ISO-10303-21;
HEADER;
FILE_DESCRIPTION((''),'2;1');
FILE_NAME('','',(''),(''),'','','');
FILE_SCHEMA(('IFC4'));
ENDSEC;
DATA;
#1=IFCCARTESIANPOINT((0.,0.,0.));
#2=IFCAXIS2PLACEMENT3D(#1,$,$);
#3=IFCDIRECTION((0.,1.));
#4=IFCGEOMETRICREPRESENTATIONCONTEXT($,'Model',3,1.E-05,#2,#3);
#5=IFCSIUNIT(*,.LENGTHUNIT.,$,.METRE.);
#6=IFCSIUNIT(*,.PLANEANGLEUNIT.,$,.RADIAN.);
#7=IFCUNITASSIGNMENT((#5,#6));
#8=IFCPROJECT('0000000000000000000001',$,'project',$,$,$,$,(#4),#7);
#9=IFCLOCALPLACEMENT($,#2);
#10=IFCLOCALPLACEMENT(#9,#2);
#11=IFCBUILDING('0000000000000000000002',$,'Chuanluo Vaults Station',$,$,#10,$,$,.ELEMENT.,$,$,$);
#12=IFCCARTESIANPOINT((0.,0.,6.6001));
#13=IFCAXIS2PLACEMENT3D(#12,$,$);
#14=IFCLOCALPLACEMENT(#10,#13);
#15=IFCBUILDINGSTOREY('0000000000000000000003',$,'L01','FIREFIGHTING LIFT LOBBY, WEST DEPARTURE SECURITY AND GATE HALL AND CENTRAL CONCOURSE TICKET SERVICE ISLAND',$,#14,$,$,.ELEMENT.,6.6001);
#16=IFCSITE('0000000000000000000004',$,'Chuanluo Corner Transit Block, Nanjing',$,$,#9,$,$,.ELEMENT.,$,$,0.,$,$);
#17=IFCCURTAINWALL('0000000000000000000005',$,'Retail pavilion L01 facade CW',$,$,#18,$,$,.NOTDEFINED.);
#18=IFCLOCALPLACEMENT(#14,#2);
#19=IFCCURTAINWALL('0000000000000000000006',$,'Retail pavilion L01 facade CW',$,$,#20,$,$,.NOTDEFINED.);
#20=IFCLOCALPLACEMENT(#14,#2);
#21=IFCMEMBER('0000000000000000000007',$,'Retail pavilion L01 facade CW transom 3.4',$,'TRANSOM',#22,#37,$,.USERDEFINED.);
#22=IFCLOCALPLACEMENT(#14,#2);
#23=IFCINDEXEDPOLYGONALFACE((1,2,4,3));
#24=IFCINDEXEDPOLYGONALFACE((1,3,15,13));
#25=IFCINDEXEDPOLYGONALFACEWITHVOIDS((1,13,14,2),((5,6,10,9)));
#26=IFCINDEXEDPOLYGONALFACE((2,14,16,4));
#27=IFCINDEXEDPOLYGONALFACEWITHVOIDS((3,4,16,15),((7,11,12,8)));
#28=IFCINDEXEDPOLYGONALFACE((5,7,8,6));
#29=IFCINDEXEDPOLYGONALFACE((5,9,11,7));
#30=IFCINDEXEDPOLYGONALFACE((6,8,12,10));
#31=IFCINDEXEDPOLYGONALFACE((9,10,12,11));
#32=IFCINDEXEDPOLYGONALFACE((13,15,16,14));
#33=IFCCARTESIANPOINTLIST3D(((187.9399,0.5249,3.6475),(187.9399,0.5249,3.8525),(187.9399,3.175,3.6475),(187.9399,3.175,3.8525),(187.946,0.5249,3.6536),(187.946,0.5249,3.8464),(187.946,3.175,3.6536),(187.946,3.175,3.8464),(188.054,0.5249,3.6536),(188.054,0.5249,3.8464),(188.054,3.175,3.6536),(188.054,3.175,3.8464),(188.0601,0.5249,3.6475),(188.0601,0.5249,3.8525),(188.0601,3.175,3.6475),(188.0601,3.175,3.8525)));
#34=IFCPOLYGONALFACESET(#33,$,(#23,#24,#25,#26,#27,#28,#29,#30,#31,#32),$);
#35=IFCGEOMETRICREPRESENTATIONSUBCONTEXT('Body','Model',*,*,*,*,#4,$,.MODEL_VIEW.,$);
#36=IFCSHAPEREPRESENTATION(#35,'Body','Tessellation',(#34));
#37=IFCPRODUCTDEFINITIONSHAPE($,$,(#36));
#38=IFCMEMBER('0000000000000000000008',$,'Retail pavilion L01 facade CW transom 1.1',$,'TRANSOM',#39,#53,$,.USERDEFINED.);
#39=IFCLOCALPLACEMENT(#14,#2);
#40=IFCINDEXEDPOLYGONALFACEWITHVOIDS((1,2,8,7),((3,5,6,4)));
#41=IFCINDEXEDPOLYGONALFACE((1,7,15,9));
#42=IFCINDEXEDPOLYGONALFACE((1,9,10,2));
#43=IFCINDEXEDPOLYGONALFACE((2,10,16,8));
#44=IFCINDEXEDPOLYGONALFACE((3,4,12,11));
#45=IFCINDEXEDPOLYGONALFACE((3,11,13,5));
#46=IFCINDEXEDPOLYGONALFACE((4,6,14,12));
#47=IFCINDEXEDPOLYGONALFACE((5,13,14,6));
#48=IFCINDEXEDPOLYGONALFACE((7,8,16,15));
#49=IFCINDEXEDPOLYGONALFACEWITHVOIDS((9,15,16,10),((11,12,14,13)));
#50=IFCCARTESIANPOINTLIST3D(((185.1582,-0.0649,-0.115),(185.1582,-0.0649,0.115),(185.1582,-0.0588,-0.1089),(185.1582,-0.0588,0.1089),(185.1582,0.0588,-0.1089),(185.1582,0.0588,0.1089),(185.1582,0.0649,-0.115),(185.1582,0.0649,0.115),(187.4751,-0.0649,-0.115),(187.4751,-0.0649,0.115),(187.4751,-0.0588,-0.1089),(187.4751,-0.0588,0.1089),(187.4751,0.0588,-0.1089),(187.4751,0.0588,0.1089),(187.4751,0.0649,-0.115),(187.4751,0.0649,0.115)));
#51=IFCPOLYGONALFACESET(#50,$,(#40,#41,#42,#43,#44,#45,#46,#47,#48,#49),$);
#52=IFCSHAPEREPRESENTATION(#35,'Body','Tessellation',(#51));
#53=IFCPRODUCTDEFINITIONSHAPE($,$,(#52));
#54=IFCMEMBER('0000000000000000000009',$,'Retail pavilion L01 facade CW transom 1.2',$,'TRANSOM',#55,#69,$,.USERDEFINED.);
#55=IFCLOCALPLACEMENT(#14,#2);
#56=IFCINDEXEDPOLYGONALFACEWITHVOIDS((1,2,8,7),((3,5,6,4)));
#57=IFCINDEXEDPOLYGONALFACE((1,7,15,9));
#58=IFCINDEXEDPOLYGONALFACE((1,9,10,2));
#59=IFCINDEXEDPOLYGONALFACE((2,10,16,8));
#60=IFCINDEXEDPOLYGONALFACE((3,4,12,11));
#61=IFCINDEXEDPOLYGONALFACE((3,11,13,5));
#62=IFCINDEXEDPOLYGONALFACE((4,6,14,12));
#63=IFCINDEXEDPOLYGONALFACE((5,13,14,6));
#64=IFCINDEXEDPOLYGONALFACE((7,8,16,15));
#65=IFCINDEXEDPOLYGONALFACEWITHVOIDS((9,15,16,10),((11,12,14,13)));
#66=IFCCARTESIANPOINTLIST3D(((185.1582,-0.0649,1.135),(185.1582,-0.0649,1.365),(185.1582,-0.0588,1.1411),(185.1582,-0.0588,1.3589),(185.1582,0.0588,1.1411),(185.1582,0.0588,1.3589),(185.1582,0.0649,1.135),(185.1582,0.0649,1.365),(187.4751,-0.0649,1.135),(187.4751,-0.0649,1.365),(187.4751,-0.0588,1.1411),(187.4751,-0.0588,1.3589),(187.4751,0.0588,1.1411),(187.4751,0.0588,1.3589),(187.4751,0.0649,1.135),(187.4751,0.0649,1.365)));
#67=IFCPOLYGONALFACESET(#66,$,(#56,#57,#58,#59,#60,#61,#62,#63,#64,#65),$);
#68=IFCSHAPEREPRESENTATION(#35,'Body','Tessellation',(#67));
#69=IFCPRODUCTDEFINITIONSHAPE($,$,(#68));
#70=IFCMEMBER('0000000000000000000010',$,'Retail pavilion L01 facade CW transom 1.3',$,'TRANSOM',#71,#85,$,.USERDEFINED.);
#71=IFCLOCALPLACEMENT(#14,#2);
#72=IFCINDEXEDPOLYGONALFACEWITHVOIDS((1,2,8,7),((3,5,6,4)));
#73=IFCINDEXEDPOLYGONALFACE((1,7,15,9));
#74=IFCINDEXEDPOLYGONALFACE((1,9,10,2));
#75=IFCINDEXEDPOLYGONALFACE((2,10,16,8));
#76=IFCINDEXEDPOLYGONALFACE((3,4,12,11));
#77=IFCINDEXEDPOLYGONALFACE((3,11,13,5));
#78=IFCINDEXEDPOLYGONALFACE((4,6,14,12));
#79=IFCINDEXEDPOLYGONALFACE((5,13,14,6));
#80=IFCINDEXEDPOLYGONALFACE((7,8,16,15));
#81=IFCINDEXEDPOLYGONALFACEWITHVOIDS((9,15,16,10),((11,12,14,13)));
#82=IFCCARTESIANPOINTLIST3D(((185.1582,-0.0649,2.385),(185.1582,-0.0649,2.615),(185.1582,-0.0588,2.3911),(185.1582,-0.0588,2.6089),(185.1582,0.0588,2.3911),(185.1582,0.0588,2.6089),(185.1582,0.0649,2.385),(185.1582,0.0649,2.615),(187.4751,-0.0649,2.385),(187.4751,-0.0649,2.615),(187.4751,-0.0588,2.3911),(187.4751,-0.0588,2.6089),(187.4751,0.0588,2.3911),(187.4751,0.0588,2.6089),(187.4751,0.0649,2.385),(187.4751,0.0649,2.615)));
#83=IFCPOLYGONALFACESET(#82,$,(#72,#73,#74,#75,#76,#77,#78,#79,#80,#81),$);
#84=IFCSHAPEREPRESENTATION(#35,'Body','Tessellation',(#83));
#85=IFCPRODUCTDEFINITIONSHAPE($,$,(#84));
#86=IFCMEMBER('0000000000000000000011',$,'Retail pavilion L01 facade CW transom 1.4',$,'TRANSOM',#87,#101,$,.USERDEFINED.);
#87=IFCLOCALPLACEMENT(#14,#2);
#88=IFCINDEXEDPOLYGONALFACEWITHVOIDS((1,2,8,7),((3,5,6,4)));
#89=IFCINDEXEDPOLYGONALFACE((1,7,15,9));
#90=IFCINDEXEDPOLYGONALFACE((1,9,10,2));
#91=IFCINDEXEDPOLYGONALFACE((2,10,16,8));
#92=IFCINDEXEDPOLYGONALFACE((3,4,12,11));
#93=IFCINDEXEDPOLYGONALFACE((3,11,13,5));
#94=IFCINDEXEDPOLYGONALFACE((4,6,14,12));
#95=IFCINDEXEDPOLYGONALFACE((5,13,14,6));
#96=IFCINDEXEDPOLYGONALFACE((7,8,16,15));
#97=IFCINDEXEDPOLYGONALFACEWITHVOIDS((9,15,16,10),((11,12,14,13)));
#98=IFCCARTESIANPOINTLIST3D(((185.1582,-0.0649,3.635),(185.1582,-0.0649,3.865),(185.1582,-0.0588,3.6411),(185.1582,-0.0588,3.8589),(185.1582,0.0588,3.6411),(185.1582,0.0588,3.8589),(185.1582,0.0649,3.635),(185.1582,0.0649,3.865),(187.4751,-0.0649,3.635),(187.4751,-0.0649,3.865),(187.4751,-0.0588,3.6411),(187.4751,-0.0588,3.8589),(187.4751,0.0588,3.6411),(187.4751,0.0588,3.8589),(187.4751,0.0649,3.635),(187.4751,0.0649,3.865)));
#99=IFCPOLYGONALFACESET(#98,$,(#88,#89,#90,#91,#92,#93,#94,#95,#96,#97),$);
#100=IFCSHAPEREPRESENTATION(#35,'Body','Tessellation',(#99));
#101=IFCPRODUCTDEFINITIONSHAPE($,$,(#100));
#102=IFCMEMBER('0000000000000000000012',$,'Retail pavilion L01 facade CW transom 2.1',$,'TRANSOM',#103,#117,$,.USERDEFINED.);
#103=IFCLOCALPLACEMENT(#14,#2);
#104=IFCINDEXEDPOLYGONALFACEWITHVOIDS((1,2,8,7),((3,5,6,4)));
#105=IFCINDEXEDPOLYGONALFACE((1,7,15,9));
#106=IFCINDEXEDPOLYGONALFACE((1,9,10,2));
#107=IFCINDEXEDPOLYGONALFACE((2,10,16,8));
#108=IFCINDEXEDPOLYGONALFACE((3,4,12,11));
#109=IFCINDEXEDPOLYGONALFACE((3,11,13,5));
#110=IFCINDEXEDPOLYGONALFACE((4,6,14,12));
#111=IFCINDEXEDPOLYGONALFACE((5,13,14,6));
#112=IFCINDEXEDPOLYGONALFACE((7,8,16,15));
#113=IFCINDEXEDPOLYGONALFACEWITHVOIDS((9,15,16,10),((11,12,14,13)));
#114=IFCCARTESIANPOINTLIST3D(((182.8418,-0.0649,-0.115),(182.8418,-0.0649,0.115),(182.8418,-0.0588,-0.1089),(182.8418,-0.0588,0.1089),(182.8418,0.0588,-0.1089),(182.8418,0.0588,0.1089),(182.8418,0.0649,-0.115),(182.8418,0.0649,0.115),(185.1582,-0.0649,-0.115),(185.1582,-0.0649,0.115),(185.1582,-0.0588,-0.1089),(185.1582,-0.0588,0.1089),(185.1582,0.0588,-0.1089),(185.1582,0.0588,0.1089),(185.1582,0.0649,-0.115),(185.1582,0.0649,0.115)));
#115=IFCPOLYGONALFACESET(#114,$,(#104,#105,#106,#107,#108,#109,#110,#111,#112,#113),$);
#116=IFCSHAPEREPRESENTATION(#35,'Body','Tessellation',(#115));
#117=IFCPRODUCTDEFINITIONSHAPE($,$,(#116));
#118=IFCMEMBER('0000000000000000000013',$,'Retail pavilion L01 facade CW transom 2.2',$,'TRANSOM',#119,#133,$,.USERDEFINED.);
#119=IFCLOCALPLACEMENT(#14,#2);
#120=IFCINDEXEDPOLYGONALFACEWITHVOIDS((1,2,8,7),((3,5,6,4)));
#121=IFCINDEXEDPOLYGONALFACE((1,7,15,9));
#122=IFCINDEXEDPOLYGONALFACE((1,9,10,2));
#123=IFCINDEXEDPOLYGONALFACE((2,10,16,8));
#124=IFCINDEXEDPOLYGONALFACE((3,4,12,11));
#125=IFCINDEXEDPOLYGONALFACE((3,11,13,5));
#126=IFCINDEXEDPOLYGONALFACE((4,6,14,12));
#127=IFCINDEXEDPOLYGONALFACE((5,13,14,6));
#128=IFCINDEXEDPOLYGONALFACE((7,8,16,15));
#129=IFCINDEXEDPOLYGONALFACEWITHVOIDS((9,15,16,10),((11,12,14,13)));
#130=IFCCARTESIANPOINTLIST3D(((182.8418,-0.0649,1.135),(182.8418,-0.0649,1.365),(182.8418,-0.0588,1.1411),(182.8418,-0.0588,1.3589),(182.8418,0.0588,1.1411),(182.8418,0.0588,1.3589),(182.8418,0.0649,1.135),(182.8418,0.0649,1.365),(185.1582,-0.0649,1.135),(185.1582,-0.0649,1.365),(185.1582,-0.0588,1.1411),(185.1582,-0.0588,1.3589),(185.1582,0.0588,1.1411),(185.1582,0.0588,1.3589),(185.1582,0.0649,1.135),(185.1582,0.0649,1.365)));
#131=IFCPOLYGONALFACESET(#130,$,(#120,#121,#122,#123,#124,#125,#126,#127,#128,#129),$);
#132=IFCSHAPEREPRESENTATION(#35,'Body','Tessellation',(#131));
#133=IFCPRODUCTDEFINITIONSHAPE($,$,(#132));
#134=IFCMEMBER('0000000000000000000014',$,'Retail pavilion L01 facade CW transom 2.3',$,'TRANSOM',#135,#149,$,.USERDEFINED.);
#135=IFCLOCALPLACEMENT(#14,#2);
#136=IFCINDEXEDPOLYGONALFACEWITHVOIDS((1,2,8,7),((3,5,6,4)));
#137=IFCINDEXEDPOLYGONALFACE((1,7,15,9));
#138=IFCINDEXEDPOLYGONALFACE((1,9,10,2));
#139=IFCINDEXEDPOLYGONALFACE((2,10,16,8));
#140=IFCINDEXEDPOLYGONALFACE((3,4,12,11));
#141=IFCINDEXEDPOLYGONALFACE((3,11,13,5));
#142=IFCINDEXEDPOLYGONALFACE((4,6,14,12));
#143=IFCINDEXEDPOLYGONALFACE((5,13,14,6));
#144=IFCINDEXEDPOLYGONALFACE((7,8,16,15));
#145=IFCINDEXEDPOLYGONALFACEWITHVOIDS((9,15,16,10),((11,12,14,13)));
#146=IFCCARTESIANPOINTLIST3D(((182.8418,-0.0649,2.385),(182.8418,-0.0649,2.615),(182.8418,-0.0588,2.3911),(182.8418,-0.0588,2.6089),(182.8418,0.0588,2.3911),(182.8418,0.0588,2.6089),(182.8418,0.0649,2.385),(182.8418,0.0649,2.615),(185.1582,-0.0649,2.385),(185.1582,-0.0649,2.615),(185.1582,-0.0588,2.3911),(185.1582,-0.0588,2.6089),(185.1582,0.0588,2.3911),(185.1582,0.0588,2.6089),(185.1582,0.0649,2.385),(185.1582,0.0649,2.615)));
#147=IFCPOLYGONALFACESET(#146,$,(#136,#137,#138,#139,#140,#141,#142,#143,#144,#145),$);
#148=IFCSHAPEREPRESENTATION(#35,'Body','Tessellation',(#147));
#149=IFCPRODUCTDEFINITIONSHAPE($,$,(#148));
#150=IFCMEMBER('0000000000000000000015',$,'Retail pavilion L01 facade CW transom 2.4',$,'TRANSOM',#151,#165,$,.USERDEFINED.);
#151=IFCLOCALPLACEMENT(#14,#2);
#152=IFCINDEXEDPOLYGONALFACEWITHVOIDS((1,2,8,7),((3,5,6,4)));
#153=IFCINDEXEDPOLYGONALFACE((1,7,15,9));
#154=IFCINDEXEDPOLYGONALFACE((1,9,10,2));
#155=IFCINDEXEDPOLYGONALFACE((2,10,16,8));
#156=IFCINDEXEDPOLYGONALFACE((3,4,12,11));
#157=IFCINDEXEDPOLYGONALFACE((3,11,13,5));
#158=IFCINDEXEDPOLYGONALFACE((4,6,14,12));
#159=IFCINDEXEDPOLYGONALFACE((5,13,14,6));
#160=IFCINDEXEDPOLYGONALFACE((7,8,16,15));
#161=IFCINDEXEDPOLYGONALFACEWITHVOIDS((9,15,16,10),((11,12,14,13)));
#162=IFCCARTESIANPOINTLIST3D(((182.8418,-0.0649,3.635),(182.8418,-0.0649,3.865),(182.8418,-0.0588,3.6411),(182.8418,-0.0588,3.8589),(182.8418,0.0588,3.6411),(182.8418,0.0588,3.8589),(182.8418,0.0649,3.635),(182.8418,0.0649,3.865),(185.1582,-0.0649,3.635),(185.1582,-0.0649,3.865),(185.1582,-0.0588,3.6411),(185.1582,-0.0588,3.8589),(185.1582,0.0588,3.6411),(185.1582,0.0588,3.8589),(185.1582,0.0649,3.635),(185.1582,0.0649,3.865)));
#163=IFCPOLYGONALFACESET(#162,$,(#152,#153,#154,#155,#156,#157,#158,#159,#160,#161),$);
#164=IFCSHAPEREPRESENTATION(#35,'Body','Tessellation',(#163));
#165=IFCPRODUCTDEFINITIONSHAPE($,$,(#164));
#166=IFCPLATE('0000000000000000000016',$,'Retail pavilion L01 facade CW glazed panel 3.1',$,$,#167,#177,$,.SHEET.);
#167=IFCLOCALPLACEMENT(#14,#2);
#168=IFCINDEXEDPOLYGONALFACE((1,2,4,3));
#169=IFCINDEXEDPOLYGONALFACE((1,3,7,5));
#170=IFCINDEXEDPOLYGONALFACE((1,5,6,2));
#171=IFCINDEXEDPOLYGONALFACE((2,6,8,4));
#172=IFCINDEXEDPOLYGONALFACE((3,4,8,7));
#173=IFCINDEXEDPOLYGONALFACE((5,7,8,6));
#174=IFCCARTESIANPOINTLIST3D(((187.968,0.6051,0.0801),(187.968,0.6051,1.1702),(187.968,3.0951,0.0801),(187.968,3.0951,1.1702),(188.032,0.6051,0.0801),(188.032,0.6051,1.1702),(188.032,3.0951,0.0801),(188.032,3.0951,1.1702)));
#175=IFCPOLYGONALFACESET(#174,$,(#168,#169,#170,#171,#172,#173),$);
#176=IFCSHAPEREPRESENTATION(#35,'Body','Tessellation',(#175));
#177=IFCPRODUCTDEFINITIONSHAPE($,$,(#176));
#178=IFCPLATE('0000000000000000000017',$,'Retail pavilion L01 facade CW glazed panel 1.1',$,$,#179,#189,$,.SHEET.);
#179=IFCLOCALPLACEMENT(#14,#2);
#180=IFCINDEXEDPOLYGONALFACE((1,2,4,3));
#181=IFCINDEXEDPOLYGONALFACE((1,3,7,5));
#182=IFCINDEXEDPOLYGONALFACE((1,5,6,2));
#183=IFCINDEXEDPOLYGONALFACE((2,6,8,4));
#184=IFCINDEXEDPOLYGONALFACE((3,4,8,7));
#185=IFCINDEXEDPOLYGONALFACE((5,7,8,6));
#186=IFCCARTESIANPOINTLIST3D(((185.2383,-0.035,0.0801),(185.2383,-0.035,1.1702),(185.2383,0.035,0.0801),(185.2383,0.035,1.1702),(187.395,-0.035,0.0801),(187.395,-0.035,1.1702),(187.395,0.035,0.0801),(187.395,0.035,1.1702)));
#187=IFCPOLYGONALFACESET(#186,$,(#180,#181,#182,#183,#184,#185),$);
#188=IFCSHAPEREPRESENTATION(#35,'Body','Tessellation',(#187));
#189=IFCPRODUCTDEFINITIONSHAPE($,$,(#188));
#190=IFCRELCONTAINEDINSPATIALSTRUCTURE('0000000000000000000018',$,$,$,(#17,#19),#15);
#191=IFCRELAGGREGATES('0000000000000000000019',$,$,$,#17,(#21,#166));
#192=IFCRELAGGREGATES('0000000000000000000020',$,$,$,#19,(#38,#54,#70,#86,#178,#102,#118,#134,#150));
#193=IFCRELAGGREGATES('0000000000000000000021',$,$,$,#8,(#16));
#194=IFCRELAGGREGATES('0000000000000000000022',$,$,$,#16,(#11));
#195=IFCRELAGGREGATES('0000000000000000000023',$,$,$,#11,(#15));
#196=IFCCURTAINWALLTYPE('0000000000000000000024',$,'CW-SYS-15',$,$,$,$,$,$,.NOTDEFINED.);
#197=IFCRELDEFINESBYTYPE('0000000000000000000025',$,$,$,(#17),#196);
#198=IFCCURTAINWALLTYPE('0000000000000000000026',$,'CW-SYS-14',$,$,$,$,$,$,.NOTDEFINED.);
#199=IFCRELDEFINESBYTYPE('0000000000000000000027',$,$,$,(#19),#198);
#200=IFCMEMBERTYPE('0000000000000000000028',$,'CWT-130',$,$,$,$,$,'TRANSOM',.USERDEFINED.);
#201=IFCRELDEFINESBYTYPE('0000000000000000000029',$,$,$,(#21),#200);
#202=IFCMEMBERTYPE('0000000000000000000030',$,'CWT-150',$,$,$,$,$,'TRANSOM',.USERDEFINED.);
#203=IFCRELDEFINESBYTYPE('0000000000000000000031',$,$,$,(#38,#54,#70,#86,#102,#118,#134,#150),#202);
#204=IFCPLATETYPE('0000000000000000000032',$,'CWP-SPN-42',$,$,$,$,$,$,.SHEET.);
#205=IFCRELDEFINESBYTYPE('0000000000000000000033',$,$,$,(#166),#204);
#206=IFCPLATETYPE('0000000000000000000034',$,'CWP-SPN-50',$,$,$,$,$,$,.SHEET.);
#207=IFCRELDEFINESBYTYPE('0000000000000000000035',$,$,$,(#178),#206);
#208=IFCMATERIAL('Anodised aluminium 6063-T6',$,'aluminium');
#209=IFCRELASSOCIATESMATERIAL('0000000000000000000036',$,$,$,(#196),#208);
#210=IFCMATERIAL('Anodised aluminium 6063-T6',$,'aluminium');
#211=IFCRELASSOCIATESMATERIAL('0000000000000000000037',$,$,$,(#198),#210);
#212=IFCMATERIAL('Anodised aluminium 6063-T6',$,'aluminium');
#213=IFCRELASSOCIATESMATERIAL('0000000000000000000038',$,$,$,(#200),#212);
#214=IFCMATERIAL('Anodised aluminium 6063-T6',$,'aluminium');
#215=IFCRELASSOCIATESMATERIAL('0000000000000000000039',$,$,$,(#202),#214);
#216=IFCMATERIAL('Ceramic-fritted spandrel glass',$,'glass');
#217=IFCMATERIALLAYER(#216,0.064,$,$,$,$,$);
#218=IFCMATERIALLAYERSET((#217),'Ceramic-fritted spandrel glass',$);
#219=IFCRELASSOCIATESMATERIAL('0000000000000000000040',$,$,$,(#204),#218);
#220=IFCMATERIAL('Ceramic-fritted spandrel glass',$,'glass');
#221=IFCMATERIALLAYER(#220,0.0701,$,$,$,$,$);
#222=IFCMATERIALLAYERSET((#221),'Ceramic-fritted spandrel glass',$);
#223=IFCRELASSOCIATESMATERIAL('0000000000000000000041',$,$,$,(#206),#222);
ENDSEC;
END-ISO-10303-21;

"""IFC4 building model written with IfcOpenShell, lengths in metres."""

from ifc_helpers import new_model, si_unit, direction, frame, origin, origin_2d, place, context, subcontext, project, spatial, rectangle, hollow_rectangle, extrude, material, layer, layer_set, material_profile, profile_set, type_object, element, aggregate, save


model = new_model("IFC4")

# Units and contexts
model_context = context("Model", 3, precision=1e-05, world=origin(), true_north=direction((0.0, 1.0)))
body_context = subcontext(model_context, "Body", "Model", "MODEL_VIEW")
ifc_project = project(units=[si_unit("LENGTHUNIT", "METRE"), si_unit("PLANEANGLEUNIT", "RADIAN")], contexts=[model_context])

# Site, building, storey
site_placement = place(None, origin())
site = spatial("IfcSite", under=ifc_project, at=site_placement, Name="Chuanluo Corner Transit Block, Nanjing", CompositionType="ELEMENT", RefElevation=0.0)
building_placement = place(site_placement, origin())
building = spatial("IfcBuilding", under=site, at=building_placement, Name="Chuanluo Vaults Station", CompositionType="ELEMENT")
storey_placement = place(building_placement, frame((0.0, 0.0, 6.6001)))
storey = spatial("IfcBuildingStorey", under=building, at=storey_placement, Name="L01", Description="FIREFIGHTING LIFT LOBBY, WEST DEPARTURE SECURITY AND GATE HALL AND CENTRAL CONCOURSE TICKET SERVICE ISLAND", CompositionType="ELEMENT", Elevation=6.6001)

# Curtain walls
ifc_material_1 = material(Name="Anodised aluminium 6063-T6", Category="aluminium")
curtain_wall_type_1 = type_object("IfcCurtainWallType", Name="CW-SYS-15", PredefinedType="NOTDEFINED", material=ifc_material_1)
curtain_wall_1_placement = place(storey_placement, origin())
curtain_wall_1 = element("IfcCurtainWall", 1, at=curtain_wall_1_placement, inside=storey, type_object=curtain_wall_type_1, Name="Retail pavilion L01 facade CW", PredefinedType="NOTDEFINED")
ifc_material_2 = material(Name="Anodised aluminium 6063-T6", Category="aluminium")
curtain_wall_type_2 = type_object("IfcCurtainWallType", Name="CW-SYS-14", PredefinedType="NOTDEFINED", material=ifc_material_2)
curtain_wall_2_placement = place(storey_placement, origin())
curtain_wall_2 = element("IfcCurtainWall", 2, at=curtain_wall_2_placement, inside=storey, type_object=curtain_wall_type_2, Name="Retail pavilion L01 facade CW", PredefinedType="NOTDEFINED")

# Members
ifc_material_3 = material(Name="Anodised aluminium 6063-T6", Category="aluminium")
ifc_material_profile_1 = material_profile(ifc_material_3, hollow_rectangle(XDim=0.1201, YDim=0.2051, WallThickness=0.0061, at=origin_2d()))
ifc_profile_set_1 = profile_set([ifc_material_profile_1], Name="Anodised aluminium 6063-T6")
member_type_1 = type_object("IfcMemberType", Name="CWT-130", ElementType="TRANSOM", PredefinedType="USERDEFINED", material=ifc_profile_set_1)
member_1_placement = place(storey_placement, frame((188.0, 3.175, 3.75), z_axis=(0.0, -1.0, 0.0), x_axis=(1.0, 0.0, 0.0)))
member_1 = element("IfcMember", 3, at=member_1_placement, type_object=member_type_1, Name="Retail pavilion L01 facade CW transom 3.4", ObjectType="TRANSOM", PredefinedType="USERDEFINED", context=body_context, shape_type="SweptSolid", body=[
    extrude(hollow_rectangle(XDim=0.1201, YDim=0.2051, WallThickness=0.0061, at=origin_2d()), origin(), (0.0, 0.0, 1.0), 2.6501),
])
ifc_material_4 = material(Name="Anodised aluminium 6063-T6", Category="aluminium")
ifc_material_profile_2 = material_profile(ifc_material_4, hollow_rectangle(XDim=0.1299, YDim=0.23, WallThickness=0.0061, at=origin_2d()))
ifc_profile_set_2 = profile_set([ifc_material_profile_2], Name="Anodised aluminium 6063-T6")
member_type_2 = type_object("IfcMemberType", Name="CWT-150", ElementType="TRANSOM", PredefinedType="USERDEFINED", material=ifc_profile_set_2)
member_2_placement = place(storey_placement, frame((187.4751, 0.0, 0.0), z_axis=(-1.0, 0.0, 0.0), x_axis=(0.0, -1.0, 0.0)))
member_2 = element("IfcMember", 4, at=member_2_placement, type_object=member_type_2, Name="Retail pavilion L01 facade CW transom 1.1", ObjectType="TRANSOM", PredefinedType="USERDEFINED", context=body_context, shape_type="SweptSolid", body=[
    extrude(hollow_rectangle(XDim=0.1299, YDim=0.23, WallThickness=0.0061, at=origin_2d()), origin(), (0.0, 0.0, 1.0), 2.3169),
])
member_3_placement = place(storey_placement, frame((187.4751, 0.0, 1.25), z_axis=(-1.0, 0.0, 0.0), x_axis=(0.0, -1.0, 0.0)))
member_3 = element("IfcMember", 5, at=member_3_placement, type_object=member_type_2, Name="Retail pavilion L01 facade CW transom 1.2", ObjectType="TRANSOM", PredefinedType="USERDEFINED", context=body_context, shape_type="SweptSolid", body=[
    extrude(hollow_rectangle(XDim=0.1299, YDim=0.23, WallThickness=0.0061, at=origin_2d()), origin(), (0.0, 0.0, 1.0), 2.3169),
])
member_4_placement = place(storey_placement, frame((187.4751, 0.0, 2.5), z_axis=(-1.0, 0.0, 0.0), x_axis=(0.0, -1.0, 0.0)))
member_4 = element("IfcMember", 6, at=member_4_placement, type_object=member_type_2, Name="Retail pavilion L01 facade CW transom 1.3", ObjectType="TRANSOM", PredefinedType="USERDEFINED", context=body_context, shape_type="SweptSolid", body=[
    extrude(hollow_rectangle(XDim=0.1299, YDim=0.23, WallThickness=0.0061, at=origin_2d()), origin(), (0.0, 0.0, 1.0), 2.3169),
])
member_5_placement = place(storey_placement, frame((187.4751, 0.0, 3.75), z_axis=(-1.0, 0.0, 0.0), x_axis=(0.0, -1.0, 0.0)))
member_5 = element("IfcMember", 7, at=member_5_placement, type_object=member_type_2, Name="Retail pavilion L01 facade CW transom 1.4", ObjectType="TRANSOM", PredefinedType="USERDEFINED", context=body_context, shape_type="SweptSolid", body=[
    extrude(hollow_rectangle(XDim=0.1299, YDim=0.23, WallThickness=0.0061, at=origin_2d()), origin(), (0.0, 0.0, 1.0), 2.3169),
])
member_6_placement = place(storey_placement, frame((185.1582, 0.0, 0.0), z_axis=(-1.0, 0.0, 0.0), x_axis=(0.0, -1.0, 0.0)))
member_6 = element("IfcMember", 8, at=member_6_placement, type_object=member_type_2, Name="Retail pavilion L01 facade CW transom 2.1", ObjectType="TRANSOM", PredefinedType="USERDEFINED", context=body_context, shape_type="SweptSolid", body=[
    extrude(hollow_rectangle(XDim=0.1299, YDim=0.23, WallThickness=0.0061, at=origin_2d()), origin(), (0.0, 0.0, 1.0), 2.3164),
])
member_7_placement = place(storey_placement, frame((185.1582, 0.0, 1.25), z_axis=(-1.0, 0.0, 0.0), x_axis=(0.0, -1.0, 0.0)))
member_7 = element("IfcMember", 9, at=member_7_placement, type_object=member_type_2, Name="Retail pavilion L01 facade CW transom 2.2", ObjectType="TRANSOM", PredefinedType="USERDEFINED", context=body_context, shape_type="SweptSolid", body=[
    extrude(hollow_rectangle(XDim=0.1299, YDim=0.23, WallThickness=0.0061, at=origin_2d()), origin(), (0.0, 0.0, 1.0), 2.3164),
])
member_8_placement = place(storey_placement, frame((185.1582, 0.0, 2.5), z_axis=(-1.0, 0.0, 0.0), x_axis=(0.0, -1.0, 0.0)))
member_8 = element("IfcMember", 10, at=member_8_placement, type_object=member_type_2, Name="Retail pavilion L01 facade CW transom 2.3", ObjectType="TRANSOM", PredefinedType="USERDEFINED", context=body_context, shape_type="SweptSolid", body=[
    extrude(hollow_rectangle(XDim=0.1299, YDim=0.23, WallThickness=0.0061, at=origin_2d()), origin(), (0.0, 0.0, 1.0), 2.3164),
])
member_9_placement = place(storey_placement, frame((185.1582, 0.0, 3.75), z_axis=(-1.0, 0.0, 0.0), x_axis=(0.0, -1.0, 0.0)))
member_9 = element("IfcMember", 11, at=member_9_placement, type_object=member_type_2, Name="Retail pavilion L01 facade CW transom 2.4", ObjectType="TRANSOM", PredefinedType="USERDEFINED", context=body_context, shape_type="SweptSolid", body=[
    extrude(hollow_rectangle(XDim=0.1299, YDim=0.23, WallThickness=0.0061, at=origin_2d()), origin(), (0.0, 0.0, 1.0), 2.3164),
])

# Plates
ifc_material_5 = material(Name="Ceramic-fritted spandrel glass", Category="glass")
ifc_layer_1 = layer(ifc_material_5, 0.064)
ifc_layer_set_1 = layer_set([ifc_layer_1], Name="Ceramic-fritted spandrel glass")
plate_type_1 = type_object("IfcPlateType", Name="CWP-SPN-42", PredefinedType="SHEET", material=ifc_layer_set_1)
plate_1_placement = place(storey_placement, frame((188.0, 1.8501, 0.0801), z_axis=(0.0, 0.0, 1.0), x_axis=(0.0, -1.0, 0.0)))
plate_1 = element("IfcPlate", 12, at=plate_1_placement, type_object=plate_type_1, Name="Retail pavilion L01 facade CW glazed panel 3.1", PredefinedType="SHEET", context=body_context, shape_type="SweptSolid", body=[
    extrude(rectangle(XDim=2.49, YDim=0.064, at=origin_2d()), origin(), (0.0, 0.0, 1.0), 1.0901),
])
ifc_material_6 = material(Name="Ceramic-fritted spandrel glass", Category="glass")
ifc_layer_2 = layer(ifc_material_6, 0.0701)
ifc_layer_set_2 = layer_set([ifc_layer_2], Name="Ceramic-fritted spandrel glass")
plate_type_2 = type_object("IfcPlateType", Name="CWP-SPN-50", PredefinedType="SHEET", material=ifc_layer_set_2)
plate_2_placement = place(storey_placement, frame((186.3167, 0.0, 0.0801), z_axis=(0.0, 0.0, 1.0), x_axis=(-1.0, 0.0, 0.0)))
plate_2 = element("IfcPlate", 13, at=plate_2_placement, type_object=plate_type_2, Name="Retail pavilion L01 facade CW glazed panel 1.1", PredefinedType="SHEET", context=body_context, shape_type="SweptSolid", body=[
    extrude(rectangle(XDim=2.1567, YDim=0.0701, at=origin_2d()), origin(), (0.0, 0.0, 1.0), 1.0901),
])
aggregate(curtain_wall_1, [member_1, plate_1])
aggregate(curtain_wall_2, [member_2, member_3, member_4, member_5, plate_2, member_6, member_7, member_8, member_9])

save(model, "model.ifc")
